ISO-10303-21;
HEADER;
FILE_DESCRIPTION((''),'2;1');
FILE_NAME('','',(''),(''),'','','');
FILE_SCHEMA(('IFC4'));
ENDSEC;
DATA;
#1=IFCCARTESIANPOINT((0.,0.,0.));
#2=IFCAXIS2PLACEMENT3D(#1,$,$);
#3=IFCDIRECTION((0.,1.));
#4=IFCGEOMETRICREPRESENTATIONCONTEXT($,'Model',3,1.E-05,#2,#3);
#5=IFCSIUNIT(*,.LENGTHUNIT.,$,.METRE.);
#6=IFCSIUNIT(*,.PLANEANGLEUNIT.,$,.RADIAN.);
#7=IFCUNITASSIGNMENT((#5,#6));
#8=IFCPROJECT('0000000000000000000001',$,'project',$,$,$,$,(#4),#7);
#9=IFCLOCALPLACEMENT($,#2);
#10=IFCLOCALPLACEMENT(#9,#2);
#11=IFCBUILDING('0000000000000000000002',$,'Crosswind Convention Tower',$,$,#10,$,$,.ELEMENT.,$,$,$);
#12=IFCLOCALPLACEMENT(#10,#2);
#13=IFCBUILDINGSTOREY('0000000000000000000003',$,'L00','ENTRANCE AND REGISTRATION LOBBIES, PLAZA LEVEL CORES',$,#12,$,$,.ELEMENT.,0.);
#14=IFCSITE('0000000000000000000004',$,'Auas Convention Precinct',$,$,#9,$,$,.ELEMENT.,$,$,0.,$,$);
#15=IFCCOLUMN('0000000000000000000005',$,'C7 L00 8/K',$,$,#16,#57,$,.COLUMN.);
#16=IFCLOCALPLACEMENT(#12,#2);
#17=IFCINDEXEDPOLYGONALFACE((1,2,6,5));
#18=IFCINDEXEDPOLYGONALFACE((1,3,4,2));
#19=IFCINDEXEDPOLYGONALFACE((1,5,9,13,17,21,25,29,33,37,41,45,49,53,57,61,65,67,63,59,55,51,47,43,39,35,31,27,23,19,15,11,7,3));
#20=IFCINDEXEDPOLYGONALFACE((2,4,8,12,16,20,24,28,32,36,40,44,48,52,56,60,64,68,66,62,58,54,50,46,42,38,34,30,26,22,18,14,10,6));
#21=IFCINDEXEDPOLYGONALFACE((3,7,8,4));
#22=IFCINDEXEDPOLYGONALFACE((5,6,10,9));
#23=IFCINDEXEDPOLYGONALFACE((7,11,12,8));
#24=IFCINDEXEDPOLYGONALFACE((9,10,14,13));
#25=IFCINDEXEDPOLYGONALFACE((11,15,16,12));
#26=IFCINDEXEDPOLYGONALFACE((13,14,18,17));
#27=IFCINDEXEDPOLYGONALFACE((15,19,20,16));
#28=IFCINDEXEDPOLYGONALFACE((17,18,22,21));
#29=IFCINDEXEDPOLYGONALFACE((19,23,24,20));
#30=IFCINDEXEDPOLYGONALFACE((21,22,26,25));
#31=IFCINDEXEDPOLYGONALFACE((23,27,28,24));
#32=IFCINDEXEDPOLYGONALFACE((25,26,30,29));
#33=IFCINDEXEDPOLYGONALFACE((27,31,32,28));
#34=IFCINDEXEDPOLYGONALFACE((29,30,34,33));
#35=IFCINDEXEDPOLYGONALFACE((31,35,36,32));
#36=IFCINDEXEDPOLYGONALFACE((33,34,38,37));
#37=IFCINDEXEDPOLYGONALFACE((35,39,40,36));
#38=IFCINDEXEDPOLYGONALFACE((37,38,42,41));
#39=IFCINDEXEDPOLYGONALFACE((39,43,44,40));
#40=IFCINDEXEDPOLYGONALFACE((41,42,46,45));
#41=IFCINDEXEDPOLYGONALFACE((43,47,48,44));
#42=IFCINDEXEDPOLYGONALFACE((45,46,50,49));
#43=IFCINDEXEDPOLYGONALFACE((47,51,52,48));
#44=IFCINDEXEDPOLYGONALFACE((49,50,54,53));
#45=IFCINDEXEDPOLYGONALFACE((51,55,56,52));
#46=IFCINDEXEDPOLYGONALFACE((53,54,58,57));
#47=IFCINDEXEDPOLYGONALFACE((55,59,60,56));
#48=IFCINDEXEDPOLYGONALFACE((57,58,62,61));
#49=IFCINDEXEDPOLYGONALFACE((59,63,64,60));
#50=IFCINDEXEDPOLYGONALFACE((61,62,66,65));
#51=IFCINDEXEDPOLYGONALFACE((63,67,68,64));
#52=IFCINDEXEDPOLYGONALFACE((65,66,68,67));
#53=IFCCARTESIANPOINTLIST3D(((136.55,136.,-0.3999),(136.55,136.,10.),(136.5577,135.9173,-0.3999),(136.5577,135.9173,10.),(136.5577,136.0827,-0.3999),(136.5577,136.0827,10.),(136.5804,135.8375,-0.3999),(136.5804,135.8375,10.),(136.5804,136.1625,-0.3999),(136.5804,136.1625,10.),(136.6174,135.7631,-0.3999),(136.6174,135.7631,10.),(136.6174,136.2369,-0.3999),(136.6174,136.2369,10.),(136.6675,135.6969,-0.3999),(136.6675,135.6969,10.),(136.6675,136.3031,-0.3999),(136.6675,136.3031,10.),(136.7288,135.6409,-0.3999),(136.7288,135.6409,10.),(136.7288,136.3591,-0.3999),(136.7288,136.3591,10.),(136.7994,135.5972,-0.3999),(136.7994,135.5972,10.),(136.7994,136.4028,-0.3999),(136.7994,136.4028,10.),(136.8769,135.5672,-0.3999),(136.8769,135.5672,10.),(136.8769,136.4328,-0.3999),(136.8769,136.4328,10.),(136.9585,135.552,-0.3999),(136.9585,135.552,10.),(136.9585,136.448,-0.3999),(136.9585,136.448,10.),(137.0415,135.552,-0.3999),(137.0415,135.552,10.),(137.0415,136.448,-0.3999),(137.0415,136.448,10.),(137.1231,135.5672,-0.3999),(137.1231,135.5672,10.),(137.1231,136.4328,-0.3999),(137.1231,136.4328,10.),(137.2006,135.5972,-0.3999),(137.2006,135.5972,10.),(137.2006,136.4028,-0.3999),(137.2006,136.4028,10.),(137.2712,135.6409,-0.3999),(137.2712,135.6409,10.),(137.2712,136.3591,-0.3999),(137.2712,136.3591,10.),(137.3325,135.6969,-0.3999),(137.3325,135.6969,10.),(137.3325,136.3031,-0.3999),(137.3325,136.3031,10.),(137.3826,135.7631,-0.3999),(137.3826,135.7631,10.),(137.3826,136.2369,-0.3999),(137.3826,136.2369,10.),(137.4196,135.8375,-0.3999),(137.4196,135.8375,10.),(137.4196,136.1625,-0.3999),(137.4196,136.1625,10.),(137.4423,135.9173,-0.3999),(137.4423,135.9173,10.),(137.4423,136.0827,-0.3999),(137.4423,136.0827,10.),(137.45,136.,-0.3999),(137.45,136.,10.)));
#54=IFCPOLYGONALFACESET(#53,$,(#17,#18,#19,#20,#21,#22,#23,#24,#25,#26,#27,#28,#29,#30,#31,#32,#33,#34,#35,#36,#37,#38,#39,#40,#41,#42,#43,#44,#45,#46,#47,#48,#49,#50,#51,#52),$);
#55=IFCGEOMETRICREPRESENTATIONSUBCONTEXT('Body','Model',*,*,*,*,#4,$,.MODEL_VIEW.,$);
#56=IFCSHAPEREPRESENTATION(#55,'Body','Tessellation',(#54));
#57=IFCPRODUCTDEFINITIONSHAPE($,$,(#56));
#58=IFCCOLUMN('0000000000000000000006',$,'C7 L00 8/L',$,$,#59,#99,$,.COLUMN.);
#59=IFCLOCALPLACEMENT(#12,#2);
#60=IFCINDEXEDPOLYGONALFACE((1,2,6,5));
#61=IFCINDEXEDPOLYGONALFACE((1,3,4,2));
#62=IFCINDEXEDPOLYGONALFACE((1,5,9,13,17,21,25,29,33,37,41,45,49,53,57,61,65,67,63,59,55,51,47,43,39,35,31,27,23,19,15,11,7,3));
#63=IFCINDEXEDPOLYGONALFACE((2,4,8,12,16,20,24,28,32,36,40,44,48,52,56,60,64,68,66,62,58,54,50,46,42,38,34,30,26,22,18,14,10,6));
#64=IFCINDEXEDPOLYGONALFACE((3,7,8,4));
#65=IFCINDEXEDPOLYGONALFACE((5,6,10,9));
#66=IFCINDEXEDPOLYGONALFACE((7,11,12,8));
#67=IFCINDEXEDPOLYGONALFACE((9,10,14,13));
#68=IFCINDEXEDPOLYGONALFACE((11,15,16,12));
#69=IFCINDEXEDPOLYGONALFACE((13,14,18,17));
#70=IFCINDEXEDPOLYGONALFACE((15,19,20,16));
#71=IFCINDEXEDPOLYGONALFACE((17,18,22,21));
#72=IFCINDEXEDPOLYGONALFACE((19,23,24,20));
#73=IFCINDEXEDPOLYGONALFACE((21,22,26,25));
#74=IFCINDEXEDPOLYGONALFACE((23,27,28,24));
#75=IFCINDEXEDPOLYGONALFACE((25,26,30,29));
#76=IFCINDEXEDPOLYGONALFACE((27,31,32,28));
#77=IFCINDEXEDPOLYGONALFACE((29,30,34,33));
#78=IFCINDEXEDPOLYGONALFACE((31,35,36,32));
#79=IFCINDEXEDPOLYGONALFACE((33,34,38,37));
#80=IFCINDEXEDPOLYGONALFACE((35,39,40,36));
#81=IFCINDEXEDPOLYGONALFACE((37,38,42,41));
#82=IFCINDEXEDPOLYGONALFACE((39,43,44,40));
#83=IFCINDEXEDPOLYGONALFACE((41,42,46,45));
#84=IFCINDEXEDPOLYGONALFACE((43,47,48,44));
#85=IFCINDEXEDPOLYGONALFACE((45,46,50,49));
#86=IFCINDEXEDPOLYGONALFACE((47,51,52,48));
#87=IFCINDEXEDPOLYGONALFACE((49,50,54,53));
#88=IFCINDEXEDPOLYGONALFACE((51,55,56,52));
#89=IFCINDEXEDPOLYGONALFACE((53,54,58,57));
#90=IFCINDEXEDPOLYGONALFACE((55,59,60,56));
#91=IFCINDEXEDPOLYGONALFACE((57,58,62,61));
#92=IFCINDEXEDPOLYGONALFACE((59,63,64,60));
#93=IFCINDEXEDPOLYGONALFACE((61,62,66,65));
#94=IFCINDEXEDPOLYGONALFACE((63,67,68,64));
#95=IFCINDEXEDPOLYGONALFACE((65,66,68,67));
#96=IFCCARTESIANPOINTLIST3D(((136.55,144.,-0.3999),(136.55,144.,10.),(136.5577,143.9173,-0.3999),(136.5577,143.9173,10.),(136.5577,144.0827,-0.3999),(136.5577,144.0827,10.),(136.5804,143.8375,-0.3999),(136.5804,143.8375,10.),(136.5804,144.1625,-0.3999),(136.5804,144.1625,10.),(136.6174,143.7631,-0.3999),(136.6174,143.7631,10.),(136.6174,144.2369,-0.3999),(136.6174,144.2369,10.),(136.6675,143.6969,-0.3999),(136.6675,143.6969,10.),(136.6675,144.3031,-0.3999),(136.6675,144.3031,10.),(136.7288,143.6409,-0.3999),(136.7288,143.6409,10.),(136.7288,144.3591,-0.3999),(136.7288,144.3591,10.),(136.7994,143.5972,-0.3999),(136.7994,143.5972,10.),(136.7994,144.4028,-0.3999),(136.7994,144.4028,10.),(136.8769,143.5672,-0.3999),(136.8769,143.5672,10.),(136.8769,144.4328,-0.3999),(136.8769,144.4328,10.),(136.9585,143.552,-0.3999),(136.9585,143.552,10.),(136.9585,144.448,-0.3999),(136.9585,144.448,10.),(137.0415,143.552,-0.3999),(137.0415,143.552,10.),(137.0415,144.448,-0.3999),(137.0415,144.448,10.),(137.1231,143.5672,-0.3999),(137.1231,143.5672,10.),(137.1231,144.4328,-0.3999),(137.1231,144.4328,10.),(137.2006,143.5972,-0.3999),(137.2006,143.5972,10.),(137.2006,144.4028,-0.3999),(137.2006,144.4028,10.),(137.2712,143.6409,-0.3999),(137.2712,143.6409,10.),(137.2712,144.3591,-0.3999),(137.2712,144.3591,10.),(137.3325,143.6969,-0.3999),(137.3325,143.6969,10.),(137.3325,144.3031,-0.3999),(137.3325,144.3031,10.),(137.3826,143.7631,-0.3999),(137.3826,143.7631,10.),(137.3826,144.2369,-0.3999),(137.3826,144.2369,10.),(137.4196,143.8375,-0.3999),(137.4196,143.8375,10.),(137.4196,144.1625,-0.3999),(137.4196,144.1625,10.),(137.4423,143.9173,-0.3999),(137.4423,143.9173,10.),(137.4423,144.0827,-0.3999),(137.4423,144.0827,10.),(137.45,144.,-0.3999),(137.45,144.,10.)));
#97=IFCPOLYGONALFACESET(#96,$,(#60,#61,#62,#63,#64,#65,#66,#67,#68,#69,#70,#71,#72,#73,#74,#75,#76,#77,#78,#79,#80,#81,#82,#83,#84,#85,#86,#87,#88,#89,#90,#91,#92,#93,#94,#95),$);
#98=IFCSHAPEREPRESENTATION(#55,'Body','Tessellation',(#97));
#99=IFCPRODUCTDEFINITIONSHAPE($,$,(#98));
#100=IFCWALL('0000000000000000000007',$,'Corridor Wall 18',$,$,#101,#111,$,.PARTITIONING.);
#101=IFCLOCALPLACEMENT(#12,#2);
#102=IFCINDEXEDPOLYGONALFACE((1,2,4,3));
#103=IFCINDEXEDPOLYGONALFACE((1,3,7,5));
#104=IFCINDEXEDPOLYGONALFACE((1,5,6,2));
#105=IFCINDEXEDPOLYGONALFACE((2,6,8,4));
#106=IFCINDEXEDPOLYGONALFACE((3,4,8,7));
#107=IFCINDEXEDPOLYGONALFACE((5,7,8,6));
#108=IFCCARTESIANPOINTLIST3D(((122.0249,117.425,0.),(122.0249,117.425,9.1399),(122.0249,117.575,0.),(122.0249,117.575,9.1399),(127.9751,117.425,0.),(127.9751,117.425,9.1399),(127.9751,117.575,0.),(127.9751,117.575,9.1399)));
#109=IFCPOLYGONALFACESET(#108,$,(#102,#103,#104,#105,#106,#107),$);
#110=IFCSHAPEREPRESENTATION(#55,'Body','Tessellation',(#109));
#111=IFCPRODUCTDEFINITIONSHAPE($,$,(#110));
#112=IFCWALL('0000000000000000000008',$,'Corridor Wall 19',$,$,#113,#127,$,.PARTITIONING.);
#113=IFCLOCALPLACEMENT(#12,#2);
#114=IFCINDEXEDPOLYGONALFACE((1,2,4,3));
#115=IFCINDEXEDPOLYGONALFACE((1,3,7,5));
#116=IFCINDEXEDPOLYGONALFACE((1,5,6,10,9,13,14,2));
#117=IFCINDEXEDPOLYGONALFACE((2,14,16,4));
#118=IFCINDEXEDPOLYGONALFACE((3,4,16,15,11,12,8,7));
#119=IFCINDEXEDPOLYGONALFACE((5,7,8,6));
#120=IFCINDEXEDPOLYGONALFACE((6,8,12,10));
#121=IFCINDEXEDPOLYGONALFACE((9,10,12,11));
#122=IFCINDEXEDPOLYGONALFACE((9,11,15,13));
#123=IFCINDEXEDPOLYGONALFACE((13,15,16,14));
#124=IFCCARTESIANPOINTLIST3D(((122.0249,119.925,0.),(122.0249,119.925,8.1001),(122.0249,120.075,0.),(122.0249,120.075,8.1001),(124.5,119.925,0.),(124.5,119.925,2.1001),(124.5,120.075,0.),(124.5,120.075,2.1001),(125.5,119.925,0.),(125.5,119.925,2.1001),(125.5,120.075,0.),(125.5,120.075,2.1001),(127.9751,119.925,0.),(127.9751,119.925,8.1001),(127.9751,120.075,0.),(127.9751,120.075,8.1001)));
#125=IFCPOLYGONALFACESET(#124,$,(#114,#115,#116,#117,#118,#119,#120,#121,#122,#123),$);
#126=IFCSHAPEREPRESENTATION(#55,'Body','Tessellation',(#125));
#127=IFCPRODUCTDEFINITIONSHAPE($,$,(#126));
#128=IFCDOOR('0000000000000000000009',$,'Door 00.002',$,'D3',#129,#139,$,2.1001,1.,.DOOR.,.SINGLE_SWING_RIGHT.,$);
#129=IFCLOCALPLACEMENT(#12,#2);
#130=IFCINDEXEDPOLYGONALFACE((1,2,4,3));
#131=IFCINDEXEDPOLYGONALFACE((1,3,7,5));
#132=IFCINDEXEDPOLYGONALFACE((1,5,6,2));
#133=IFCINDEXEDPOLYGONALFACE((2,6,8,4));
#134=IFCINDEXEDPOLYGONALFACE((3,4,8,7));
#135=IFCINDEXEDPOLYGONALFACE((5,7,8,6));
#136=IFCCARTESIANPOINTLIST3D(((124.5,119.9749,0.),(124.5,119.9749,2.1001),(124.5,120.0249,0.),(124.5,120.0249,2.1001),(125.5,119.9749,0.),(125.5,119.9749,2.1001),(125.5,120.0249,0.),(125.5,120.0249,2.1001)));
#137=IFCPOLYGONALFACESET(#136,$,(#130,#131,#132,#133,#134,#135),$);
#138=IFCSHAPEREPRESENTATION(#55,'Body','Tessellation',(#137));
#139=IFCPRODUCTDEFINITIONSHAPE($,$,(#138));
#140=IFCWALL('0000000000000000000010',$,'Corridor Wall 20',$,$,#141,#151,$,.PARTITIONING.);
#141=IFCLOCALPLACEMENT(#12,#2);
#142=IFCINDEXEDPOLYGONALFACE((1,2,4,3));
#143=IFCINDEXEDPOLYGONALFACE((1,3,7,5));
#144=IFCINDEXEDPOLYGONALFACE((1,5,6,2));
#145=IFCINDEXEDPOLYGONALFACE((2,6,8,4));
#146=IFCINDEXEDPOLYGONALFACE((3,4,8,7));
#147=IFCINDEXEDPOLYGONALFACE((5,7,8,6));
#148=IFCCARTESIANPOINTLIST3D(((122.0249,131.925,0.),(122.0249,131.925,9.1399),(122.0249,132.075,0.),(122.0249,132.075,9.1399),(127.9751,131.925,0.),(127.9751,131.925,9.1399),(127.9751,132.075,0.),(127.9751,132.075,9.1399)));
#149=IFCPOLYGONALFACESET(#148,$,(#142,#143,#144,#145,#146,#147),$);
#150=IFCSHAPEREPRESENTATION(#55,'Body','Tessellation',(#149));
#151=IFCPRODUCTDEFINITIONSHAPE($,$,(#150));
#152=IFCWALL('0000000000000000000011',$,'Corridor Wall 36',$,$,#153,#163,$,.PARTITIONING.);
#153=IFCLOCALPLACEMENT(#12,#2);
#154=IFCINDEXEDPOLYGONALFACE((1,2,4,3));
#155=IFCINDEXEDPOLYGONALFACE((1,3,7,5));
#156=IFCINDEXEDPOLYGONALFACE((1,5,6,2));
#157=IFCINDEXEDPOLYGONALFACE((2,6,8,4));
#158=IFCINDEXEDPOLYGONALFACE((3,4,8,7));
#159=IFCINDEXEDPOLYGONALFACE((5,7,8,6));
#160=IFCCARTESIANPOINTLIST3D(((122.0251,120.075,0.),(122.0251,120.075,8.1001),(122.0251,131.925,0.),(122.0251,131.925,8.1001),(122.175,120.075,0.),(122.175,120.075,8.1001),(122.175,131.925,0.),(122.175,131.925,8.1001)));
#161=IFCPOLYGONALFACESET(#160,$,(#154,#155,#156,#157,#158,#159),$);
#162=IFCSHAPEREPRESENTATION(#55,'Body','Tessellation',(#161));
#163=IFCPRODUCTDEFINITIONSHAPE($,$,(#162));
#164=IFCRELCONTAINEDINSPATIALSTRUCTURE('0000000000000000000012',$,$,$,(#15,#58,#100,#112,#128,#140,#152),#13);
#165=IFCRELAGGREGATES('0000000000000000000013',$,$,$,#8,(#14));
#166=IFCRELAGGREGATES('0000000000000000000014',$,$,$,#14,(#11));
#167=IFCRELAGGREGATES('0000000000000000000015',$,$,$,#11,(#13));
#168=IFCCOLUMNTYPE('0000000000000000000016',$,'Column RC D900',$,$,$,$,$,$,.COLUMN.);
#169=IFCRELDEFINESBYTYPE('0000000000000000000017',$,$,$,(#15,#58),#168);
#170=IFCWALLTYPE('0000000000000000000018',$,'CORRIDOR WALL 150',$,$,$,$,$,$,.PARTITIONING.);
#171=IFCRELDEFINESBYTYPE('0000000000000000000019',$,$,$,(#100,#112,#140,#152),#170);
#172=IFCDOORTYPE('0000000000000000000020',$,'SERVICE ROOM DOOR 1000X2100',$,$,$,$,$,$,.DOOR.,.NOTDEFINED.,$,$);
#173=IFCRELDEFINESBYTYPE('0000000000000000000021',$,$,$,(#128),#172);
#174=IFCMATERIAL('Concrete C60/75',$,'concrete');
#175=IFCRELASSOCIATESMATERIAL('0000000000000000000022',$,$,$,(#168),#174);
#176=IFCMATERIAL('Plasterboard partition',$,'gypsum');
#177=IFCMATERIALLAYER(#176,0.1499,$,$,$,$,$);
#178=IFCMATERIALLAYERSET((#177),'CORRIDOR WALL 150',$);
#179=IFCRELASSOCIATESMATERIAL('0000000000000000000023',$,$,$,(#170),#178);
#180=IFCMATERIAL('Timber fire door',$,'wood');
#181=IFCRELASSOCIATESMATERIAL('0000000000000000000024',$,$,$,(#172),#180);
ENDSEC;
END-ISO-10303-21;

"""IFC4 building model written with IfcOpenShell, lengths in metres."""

from ifc_helpers import new_model, si_unit, direction, frame, frame_2d, origin, origin_2d, place, context, subcontext, project, spatial, rectangle, circle, extrude, material, layer, layer_set, material_profile, profile_set, type_object, element, fill, save


model = new_model("IFC4")

# Units and contexts
model_context = context("Model", 3, precision=1e-05, world=origin(), true_north=direction((0.0, 1.0)))
body_context = subcontext(model_context, "Body", "Model", "MODEL_VIEW")
ifc_project = project(units=[si_unit("LENGTHUNIT", "METRE"), si_unit("PLANEANGLEUNIT", "RADIAN")], contexts=[model_context])

# Site, building, storey
site_placement = place(None, origin())
site = spatial("IfcSite", under=ifc_project, at=site_placement, Name="Auas Convention Precinct", CompositionType="ELEMENT", RefElevation=0.0)
building_placement = place(site_placement, origin())
building = spatial("IfcBuilding", under=site, at=building_placement, Name="Crosswind Convention Tower", CompositionType="ELEMENT")
storey_placement = place(building_placement, origin())
storey = spatial("IfcBuildingStorey", under=building, at=storey_placement, Name="L00", Description="ENTRANCE AND REGISTRATION LOBBIES, PLAZA LEVEL CORES", CompositionType="ELEMENT", Elevation=0.0)

# Columns
ifc_material_1 = material(Name="Concrete C60/75", Category="concrete")
ifc_material_profile_1 = material_profile(ifc_material_1, circle(Radius=0.45, at=origin_2d()), Name="RC D900")
ifc_profile_set_1 = profile_set([ifc_material_profile_1], Name="Concrete C60/75")
column_type_1 = type_object("IfcColumnType", Name="Column RC D900", PredefinedType="COLUMN", material=ifc_profile_set_1)
for number, where, z_axis, x_axis, name in (
    (1, (137.0, 136.0, -0.3999), (0.0, 0.0, 1.0), (1.0, 0.0, 0.0), "C7 L00 8/K"),
    (2, (137.0, 144.0, -0.3999), (0.0, 0.0, 1.0), (1.0, 0.0, 0.0), "C7 L00 8/L"),
):
    element("IfcColumn", number, at=place(storey_placement, frame(where, z_axis=z_axis, x_axis=x_axis)), inside=storey, type_object=column_type_1, Name=name, PredefinedType="COLUMN", context=body_context, shape_type="SweptSolid", body=[
        extrude(circle(Radius=0.45, at=origin_2d()), origin(), (0.0, 0.0, 1.0), 10.3999),
    ])

# Wall
ifc_material_2 = material(Name="Plasterboard partition", Category="gypsum")
ifc_layer_1 = layer(ifc_material_2, 0.1499)
ifc_layer_set_1 = layer_set([ifc_layer_1], Name="CORRIDOR WALL 150")
wall_type_1 = type_object("IfcWallType", Name="CORRIDOR WALL 150", PredefinedType="PARTITIONING", material=ifc_layer_set_1)
wall_1_placement = place(storey_placement, frame((122.0249, 117.5, 0.0), z_axis=(0.0, 0.0, 1.0), x_axis=(1.0, 0.0, 0.0)))
element("IfcWall", 3, at=wall_1_placement, inside=storey, type_object=wall_type_1, Name="Corridor Wall 18", PredefinedType="PARTITIONING", context=body_context, shape_type="SweptSolid", body=[
    extrude(rectangle(XDim=5.9502, YDim=0.1499, at=frame_2d((2.9751, 0.0))), origin(), (0.0, 0.0, 1.0), 9.1399),
])

# Wall, opening, door
wall_2_placement = place(storey_placement, frame((122.0249, 120.0, 0.0), z_axis=(0.0, 0.0, 1.0), x_axis=(1.0, 0.0, 0.0)))
wall_2 = element("IfcWall", 4, at=wall_2_placement, inside=storey, type_object=wall_type_1, Name="Corridor Wall 19", PredefinedType="PARTITIONING", context=body_context, shape_type="SweptSolid", body=[
    extrude(rectangle(XDim=5.9502, YDim=0.1499, at=frame_2d((2.9751, 0.0))), origin(), (0.0, 0.0, 1.0), 8.1001),
])
opening_1_placement = place(wall_2_placement, frame((2.4751, 0.0, 0.0)))
opening_1 = element("IfcOpeningElement", 5, at=opening_1_placement, cuts=wall_2, PredefinedType="OPENING", context=body_context, shape_type="SweptSolid", body=[
    extrude(rectangle(XDim=1.0, YDim=2.1001, at=frame_2d((0.5, 1.05))), frame((0.0, 0.085, 0.0), z_axis=(0.0, -1.0, 0.0), x_axis=(1.0, 0.0, 0.0)), (0.0, 0.0, 1.0), 0.1699),
])
ifc_material_3 = material(Name="Timber fire door", Category="wood")
door_type_1 = type_object("IfcDoorType", Name="SERVICE ROOM DOOR 1000X2100", OperationType="NOTDEFINED", PredefinedType="DOOR", material=ifc_material_3)
door_1_placement = place(opening_1_placement, origin())
door_1 = element("IfcDoor", 6, at=door_1_placement, inside=storey, type_object=door_type_1, Name="Door 00.002", ObjectType="D3", OperationType="SINGLE_SWING_RIGHT", OverallHeight=2.1001, OverallWidth=1.0, PredefinedType="DOOR", context=body_context, shape_type="SweptSolid", body=[
    extrude(rectangle(XDim=1.0, YDim=2.1001, at=frame_2d((0.5, 1.05))), frame((0.0, 0.0249, 0.0), z_axis=(0.0, -1.0, 0.0), x_axis=(1.0, 0.0, 0.0)), (0.0, 0.0, 1.0), 0.05),
])
fill(opening_1, door_1)

# Walls
wall_3_placement = place(storey_placement, frame((122.0249, 132.0, 0.0), z_axis=(0.0, 0.0, 1.0), x_axis=(1.0, 0.0, 0.0)))
element("IfcWall", 7, at=wall_3_placement, inside=storey, type_object=wall_type_1, Name="Corridor Wall 20", PredefinedType="PARTITIONING", context=body_context, shape_type="SweptSolid", body=[
    extrude(rectangle(XDim=5.9502, YDim=0.1499, at=frame_2d((2.9751, 0.0))), origin(), (0.0, 0.0, 1.0), 9.1399),
])
wall_4_placement = place(storey_placement, frame((122.1001, 120.075, 0.0), z_axis=(0.0, 0.0, 1.0), x_axis=(0.0, 1.0, 0.0)))
element("IfcWall", 8, at=wall_4_placement, inside=storey, type_object=wall_type_1, Name="Corridor Wall 36", PredefinedType="PARTITIONING", context=body_context, shape_type="SweptSolid", body=[
    extrude(rectangle(XDim=11.8501, YDim=0.1499, at=frame_2d((5.925, 0.0))), origin(), (0.0, 0.0, 1.0), 8.1001),
])

save(model, "model.ifc")
